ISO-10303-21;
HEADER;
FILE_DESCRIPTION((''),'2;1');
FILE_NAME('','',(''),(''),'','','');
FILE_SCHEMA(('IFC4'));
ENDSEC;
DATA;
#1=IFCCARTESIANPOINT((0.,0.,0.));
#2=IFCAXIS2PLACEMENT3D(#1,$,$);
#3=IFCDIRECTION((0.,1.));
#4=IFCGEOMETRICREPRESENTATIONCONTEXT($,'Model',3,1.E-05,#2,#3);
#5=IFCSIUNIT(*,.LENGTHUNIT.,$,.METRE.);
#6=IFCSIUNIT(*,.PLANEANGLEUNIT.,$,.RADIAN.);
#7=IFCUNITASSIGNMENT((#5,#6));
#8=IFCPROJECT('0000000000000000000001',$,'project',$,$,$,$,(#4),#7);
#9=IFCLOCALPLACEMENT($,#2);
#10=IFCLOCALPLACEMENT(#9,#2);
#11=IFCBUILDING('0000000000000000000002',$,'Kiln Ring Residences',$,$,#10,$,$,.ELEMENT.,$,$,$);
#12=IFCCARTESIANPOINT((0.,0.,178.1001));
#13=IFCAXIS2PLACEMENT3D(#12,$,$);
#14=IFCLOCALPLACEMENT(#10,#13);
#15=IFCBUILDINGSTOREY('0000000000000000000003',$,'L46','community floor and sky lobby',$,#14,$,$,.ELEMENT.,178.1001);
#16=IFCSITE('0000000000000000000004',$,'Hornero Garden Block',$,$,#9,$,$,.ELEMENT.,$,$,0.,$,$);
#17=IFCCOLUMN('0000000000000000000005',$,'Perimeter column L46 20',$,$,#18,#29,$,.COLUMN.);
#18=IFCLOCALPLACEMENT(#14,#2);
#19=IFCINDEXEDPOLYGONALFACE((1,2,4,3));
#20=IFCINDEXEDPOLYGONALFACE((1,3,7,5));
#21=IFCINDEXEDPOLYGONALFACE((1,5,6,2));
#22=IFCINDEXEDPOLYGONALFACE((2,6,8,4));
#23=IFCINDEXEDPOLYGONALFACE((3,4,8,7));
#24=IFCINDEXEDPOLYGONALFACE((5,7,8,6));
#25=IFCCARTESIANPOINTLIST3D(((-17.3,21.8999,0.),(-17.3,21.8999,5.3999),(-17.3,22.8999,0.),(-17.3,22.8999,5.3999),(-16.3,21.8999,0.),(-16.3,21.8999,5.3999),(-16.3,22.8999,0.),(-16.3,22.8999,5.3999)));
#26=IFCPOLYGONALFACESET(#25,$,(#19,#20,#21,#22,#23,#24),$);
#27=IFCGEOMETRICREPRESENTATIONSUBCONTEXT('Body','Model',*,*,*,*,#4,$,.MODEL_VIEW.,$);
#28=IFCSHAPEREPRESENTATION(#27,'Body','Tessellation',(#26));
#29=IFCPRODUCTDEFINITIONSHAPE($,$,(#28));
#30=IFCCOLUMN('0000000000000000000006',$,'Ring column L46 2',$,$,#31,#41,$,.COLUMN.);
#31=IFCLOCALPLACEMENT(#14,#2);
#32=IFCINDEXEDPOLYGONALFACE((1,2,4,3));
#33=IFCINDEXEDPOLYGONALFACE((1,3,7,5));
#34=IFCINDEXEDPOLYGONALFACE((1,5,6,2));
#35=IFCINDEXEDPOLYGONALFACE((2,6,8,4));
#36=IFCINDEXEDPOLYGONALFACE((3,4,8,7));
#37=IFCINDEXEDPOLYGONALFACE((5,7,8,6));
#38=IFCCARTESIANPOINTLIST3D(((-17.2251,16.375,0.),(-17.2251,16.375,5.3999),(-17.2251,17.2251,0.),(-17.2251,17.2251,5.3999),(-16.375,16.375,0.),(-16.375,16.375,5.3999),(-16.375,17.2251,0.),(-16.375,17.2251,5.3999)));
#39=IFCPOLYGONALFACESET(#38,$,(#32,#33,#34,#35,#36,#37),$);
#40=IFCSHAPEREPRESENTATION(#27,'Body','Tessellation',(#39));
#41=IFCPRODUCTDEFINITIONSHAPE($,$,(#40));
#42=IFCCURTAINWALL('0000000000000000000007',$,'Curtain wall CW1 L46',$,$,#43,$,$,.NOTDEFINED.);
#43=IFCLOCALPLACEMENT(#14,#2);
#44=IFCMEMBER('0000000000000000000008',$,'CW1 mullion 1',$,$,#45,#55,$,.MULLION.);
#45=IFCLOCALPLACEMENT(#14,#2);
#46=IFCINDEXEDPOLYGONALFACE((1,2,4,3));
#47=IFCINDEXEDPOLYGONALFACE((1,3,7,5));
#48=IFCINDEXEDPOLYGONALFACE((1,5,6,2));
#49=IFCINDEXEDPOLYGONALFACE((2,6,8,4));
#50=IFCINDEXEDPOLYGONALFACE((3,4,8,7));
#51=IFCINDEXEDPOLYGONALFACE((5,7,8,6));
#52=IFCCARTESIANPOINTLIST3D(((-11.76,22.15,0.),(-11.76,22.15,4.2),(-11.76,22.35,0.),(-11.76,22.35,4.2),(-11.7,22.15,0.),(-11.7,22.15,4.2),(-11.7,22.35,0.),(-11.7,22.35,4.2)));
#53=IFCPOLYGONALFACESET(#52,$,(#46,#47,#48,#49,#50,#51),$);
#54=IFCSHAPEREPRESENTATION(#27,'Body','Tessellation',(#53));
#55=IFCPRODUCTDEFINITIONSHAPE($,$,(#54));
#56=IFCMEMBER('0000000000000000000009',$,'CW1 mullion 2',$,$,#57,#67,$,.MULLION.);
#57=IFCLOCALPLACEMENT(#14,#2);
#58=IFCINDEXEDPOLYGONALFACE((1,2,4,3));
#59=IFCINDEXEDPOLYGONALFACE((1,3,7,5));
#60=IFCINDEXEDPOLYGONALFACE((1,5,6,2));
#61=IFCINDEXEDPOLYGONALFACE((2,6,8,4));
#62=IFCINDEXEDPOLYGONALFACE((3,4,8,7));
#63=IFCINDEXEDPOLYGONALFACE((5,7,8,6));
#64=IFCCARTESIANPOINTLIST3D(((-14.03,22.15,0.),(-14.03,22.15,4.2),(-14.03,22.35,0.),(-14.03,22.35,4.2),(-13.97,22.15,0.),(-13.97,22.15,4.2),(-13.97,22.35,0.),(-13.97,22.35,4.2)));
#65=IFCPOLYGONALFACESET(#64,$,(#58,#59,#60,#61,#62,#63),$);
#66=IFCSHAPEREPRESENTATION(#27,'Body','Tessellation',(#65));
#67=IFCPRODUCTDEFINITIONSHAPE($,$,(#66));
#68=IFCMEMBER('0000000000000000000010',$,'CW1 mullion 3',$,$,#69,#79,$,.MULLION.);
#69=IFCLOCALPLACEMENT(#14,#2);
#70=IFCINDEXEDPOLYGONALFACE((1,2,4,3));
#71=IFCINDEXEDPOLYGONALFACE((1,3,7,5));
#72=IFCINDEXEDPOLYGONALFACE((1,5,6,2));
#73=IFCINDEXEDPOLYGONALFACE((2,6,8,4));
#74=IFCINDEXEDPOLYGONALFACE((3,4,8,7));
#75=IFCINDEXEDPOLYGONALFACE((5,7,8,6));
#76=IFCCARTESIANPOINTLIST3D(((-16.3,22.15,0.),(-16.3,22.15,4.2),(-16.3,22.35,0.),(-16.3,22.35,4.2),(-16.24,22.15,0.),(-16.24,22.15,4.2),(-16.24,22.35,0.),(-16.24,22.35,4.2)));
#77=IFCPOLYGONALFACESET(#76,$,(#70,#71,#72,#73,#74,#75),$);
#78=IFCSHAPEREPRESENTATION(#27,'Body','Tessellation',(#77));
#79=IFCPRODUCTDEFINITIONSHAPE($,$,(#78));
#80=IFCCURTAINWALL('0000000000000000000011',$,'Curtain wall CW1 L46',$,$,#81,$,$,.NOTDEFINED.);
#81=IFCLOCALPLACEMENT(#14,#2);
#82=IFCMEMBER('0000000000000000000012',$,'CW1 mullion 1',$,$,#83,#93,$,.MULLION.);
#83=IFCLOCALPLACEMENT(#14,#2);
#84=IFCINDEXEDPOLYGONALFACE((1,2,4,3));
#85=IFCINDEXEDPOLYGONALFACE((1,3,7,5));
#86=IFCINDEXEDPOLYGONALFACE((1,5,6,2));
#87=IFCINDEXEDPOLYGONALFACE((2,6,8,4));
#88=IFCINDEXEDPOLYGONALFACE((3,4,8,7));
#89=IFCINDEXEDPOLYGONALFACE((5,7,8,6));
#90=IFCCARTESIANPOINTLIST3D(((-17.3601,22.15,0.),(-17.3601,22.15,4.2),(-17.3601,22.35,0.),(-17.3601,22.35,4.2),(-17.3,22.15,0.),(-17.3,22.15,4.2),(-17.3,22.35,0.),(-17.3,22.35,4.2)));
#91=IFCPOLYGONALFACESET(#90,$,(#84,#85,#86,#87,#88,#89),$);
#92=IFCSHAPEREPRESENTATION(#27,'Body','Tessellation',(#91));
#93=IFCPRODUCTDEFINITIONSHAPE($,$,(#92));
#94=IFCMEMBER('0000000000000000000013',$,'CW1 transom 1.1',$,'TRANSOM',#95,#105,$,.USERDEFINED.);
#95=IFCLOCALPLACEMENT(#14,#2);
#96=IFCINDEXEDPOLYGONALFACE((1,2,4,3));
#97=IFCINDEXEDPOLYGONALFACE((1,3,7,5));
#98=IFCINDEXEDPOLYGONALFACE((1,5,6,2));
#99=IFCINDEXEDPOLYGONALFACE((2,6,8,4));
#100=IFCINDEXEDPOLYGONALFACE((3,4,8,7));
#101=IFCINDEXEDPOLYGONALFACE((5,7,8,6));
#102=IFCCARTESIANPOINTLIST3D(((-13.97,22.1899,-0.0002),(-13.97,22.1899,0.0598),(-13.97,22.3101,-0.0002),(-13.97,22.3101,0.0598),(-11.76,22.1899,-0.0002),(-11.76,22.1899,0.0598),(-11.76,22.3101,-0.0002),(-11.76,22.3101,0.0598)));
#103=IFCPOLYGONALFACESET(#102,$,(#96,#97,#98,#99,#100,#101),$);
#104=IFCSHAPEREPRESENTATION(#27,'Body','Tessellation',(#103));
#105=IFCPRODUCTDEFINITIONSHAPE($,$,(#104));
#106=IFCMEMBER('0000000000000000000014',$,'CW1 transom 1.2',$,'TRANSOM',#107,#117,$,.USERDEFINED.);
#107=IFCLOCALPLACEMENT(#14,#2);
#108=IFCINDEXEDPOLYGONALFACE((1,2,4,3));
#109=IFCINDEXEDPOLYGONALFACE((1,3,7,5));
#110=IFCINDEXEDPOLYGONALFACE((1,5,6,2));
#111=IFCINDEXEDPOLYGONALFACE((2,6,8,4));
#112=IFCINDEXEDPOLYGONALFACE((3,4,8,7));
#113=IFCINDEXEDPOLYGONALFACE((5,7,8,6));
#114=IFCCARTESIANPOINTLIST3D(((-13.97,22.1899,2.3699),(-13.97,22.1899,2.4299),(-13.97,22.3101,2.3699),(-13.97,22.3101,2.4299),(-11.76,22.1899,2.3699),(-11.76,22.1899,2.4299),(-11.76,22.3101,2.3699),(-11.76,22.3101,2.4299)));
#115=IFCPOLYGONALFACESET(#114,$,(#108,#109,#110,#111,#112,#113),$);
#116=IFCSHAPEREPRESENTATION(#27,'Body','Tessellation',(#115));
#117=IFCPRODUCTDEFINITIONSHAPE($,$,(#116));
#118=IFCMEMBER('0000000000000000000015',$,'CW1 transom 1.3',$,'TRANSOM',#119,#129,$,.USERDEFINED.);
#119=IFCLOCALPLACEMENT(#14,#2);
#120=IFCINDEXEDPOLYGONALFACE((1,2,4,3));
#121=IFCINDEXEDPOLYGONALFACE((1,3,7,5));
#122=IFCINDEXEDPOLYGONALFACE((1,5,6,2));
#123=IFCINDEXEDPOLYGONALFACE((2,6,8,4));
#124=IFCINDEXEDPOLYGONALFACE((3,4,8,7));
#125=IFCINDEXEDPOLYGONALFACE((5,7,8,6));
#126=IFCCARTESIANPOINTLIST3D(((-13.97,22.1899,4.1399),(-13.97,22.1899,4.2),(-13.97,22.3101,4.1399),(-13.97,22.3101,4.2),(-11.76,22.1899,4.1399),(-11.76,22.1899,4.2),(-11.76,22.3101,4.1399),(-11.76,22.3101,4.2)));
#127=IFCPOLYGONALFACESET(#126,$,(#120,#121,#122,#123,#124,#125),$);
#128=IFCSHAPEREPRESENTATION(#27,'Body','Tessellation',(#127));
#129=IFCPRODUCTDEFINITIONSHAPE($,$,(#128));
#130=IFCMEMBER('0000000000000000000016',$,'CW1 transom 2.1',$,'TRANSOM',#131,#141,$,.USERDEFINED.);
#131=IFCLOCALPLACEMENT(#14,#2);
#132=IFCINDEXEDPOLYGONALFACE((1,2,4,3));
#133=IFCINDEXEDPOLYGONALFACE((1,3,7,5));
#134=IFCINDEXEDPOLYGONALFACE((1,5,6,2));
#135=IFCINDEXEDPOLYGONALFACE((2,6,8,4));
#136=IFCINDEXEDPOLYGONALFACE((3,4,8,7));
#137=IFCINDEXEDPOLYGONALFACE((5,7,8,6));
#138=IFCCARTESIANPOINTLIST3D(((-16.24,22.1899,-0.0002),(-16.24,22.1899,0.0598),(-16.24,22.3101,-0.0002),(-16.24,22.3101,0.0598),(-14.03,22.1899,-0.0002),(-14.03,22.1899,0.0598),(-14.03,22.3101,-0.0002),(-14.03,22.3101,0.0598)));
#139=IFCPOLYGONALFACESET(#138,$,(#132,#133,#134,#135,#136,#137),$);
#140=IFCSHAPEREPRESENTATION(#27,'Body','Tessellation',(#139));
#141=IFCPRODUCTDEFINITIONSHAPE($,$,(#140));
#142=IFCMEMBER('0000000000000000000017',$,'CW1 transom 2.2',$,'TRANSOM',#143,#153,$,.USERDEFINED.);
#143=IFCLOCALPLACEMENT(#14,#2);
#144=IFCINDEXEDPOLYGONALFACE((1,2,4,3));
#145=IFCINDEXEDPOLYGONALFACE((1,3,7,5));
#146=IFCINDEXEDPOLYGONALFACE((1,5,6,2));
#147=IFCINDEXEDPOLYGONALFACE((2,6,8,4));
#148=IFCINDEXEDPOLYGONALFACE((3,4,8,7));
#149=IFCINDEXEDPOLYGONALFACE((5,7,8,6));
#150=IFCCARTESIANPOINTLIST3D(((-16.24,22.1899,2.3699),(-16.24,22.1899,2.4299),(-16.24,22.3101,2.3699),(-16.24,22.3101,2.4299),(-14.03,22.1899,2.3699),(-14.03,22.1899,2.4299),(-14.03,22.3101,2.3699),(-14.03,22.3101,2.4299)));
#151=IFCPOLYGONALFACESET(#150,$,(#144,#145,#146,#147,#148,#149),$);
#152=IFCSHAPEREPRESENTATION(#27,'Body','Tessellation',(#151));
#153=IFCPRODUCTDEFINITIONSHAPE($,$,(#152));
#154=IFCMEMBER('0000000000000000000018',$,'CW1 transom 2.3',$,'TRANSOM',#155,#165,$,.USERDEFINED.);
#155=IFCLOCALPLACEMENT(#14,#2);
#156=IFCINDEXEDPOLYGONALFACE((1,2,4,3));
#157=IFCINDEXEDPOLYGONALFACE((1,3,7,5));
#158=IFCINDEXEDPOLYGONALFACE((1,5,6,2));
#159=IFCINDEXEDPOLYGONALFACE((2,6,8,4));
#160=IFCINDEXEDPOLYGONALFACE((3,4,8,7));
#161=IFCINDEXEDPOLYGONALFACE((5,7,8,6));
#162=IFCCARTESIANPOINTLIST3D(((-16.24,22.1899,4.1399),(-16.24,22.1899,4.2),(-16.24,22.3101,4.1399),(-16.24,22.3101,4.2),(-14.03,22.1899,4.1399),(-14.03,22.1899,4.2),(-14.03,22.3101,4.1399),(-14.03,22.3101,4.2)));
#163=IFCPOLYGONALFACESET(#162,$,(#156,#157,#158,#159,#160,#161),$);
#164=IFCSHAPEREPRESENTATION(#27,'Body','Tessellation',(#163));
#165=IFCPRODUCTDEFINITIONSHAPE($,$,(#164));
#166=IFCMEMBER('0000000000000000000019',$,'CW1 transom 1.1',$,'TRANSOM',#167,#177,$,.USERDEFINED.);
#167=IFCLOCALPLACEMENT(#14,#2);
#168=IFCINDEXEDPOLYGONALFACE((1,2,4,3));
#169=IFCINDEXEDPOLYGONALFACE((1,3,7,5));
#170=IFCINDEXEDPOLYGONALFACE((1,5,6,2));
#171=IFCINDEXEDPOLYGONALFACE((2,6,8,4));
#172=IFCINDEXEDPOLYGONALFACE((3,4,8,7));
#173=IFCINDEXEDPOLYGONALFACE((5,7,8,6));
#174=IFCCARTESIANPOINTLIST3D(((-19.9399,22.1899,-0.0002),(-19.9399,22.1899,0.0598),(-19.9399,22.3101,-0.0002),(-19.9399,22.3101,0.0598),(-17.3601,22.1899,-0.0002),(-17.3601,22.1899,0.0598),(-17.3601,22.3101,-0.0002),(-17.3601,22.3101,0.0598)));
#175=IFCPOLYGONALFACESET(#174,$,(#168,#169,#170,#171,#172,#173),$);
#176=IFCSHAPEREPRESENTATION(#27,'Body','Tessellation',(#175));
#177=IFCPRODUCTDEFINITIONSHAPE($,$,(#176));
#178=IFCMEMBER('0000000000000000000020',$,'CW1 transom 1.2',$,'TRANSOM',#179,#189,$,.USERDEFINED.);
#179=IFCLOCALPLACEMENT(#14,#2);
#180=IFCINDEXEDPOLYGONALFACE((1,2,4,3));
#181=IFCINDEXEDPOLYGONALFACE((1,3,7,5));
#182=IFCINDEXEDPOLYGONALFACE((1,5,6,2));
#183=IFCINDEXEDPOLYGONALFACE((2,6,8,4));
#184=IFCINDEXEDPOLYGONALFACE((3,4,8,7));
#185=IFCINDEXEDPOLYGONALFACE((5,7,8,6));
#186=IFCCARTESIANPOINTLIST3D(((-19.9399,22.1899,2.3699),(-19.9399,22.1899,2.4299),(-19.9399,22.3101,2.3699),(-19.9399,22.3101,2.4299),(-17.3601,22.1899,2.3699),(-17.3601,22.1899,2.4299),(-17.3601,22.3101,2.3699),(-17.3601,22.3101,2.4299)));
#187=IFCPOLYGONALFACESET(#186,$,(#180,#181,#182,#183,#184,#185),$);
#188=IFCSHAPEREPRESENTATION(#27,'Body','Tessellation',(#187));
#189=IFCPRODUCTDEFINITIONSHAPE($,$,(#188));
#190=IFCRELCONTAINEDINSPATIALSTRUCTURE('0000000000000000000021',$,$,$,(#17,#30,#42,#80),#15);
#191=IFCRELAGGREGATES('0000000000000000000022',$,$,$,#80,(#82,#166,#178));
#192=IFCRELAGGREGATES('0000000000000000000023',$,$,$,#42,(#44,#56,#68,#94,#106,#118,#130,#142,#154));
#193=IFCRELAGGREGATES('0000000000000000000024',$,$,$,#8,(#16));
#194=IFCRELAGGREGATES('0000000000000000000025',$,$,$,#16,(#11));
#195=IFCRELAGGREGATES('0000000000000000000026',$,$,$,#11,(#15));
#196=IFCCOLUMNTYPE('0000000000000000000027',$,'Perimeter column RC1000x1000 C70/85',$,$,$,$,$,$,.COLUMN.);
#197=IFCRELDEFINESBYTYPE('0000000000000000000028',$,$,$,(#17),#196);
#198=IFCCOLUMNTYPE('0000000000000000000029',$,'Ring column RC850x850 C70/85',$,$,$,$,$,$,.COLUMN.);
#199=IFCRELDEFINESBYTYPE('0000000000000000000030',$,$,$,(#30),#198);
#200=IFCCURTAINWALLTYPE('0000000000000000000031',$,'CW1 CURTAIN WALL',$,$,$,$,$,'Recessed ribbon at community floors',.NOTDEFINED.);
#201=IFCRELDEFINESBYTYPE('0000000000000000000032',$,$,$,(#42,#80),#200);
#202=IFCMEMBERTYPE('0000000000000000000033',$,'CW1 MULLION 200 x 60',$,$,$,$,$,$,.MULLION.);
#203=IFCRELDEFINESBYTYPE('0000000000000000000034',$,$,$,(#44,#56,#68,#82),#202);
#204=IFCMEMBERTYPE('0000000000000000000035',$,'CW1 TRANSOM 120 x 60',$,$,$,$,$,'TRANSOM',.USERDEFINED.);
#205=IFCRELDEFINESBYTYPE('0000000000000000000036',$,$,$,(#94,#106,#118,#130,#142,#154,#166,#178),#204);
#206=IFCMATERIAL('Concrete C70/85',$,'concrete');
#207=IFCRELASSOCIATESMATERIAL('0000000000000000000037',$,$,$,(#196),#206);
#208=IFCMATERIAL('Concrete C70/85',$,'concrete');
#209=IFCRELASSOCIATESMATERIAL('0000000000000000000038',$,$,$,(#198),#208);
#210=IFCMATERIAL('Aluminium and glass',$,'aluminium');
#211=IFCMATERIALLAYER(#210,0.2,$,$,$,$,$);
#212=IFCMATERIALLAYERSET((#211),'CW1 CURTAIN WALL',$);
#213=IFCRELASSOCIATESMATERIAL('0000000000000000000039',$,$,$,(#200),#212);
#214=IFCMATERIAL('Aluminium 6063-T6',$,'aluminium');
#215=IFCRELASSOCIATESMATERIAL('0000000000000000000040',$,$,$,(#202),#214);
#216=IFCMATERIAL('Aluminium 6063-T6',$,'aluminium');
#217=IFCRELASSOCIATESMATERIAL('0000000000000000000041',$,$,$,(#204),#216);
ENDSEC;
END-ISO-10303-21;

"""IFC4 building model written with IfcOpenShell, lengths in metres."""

from ifc_helpers import new_model, si_unit, direction, frame, origin, origin_2d, place, context, subcontext, project, spatial, rectangle, extrude, material, layer, layer_set, material_profile, profile_set, type_object, element, aggregate, save


model = new_model("IFC4")

# Units and contexts
model_context = context("Model", 3, precision=1e-05, world=origin(), true_north=direction((0.0, 1.0)))
body_context = subcontext(model_context, "Body", "Model", "MODEL_VIEW")
ifc_project = project(units=[si_unit("LENGTHUNIT", "METRE"), si_unit("PLANEANGLEUNIT", "RADIAN")], contexts=[model_context])

# Site, building, storey
site_placement = place(None, origin())
site = spatial("IfcSite", under=ifc_project, at=site_placement, Name="Hornero Garden Block", CompositionType="ELEMENT", RefElevation=0.0)
building_placement = place(site_placement, origin())
building = spatial("IfcBuilding", under=site, at=building_placement, Name="Kiln Ring Residences", CompositionType="ELEMENT")
storey_placement = place(building_placement, frame((0.0, 0.0, 178.1001)))
storey = spatial("IfcBuildingStorey", under=building, at=storey_placement, Name="L46", Description="community floor and sky lobby", CompositionType="ELEMENT", Elevation=178.1001)

# Columns
ifc_material_1 = material(Name="Concrete C70/85", Category="concrete")
ifc_material_profile_1 = material_profile(ifc_material_1, rectangle(XDim=1.0, YDim=1.0, at=origin_2d()), Name="RC1000x1000")
ifc_profile_set_1 = profile_set([ifc_material_profile_1], Name="Concrete C70/85")
column_type_1 = type_object("IfcColumnType", Name="Perimeter column RC1000x1000 C70/85", PredefinedType="COLUMN", material=ifc_profile_set_1)
column_1_placement = place(storey_placement, frame((-16.8, 22.3999, 0.0), z_axis=(0.0, 0.0, 1.0), x_axis=(1.0, 0.0, 0.0)))
element("IfcColumn", 1, at=column_1_placement, inside=storey, type_object=column_type_1, Name="Perimeter column L46 20", PredefinedType="COLUMN", context=body_context, shape_type="SweptSolid", body=[
    extrude(rectangle(XDim=1.0, YDim=1.0, at=origin_2d()), origin(), (0.0, 0.0, 1.0), 5.3999),
])
ifc_material_2 = material(Name="Concrete C70/85", Category="concrete")
ifc_material_profile_2 = material_profile(ifc_material_2, rectangle(XDim=0.8501, YDim=0.8501, at=origin_2d()), Name="RC850x850")
ifc_profile_set_2 = profile_set([ifc_material_profile_2], Name="Concrete C70/85")
column_type_2 = type_object("IfcColumnType", Name="Ring column RC850x850 C70/85", PredefinedType="COLUMN", material=ifc_profile_set_2)
column_2_placement = place(storey_placement, frame((-16.8, 16.8, 0.0), z_axis=(0.0, 0.0, 1.0), x_axis=(1.0, 0.0, 0.0)))
element("IfcColumn", 2, at=column_2_placement, inside=storey, type_object=column_type_2, Name="Ring column L46 2", PredefinedType="COLUMN", context=body_context, shape_type="SweptSolid", body=[
    extrude(rectangle(XDim=0.8501, YDim=0.8501, at=origin_2d()), origin(), (0.0, 0.0, 1.0), 5.3999),
])

# Curtain wall, members
ifc_material_3 = material(Name="Aluminium and glass", Category="aluminium")
ifc_layer_1 = layer(ifc_material_3, 0.2)
ifc_layer_set_1 = layer_set([ifc_layer_1], Name="CW1 CURTAIN WALL")
curtain_wall_type = type_object("IfcCurtainWallType", Name="CW1 CURTAIN WALL", ElementType="Recessed ribbon at community floors", PredefinedType="NOTDEFINED", material=ifc_layer_set_1)
placement = place(storey_placement, origin())
curtain_wall_1 = element("IfcCurtainWall", 3, at=placement, inside=storey, type_object=curtain_wall_type, Name="Curtain wall CW1 L46", PredefinedType="NOTDEFINED")
ifc_material_4 = material(Name="Aluminium 6063-T6", Category="aluminium")
ifc_material_profile_3 = material_profile(ifc_material_4, rectangle(XDim=0.2, YDim=0.0601, at=origin_2d()), Name="AL 200x60")
ifc_profile_set_3 = profile_set([ifc_material_profile_3], Name="Aluminium 6063-T6")
member_type_1 = type_object("IfcMemberType", Name="CW1 MULLION 200 x 60", PredefinedType="MULLION", material=ifc_profile_set_3)
member_1_placement = place(storey_placement, frame((-11.73, 22.25, 0.0), z_axis=(0.0, 0.0, 1.0), x_axis=(0.0, -1.0, 0.0)))
member_1 = element("IfcMember", 4, at=member_1_placement, type_object=member_type_1, Name="CW1 mullion 1", PredefinedType="MULLION", context=body_context, shape_type="SweptSolid", body=[
    extrude(rectangle(XDim=0.2, YDim=0.0601, at=origin_2d()), origin(), (0.0, 0.0, 1.0), 4.2),
])
member_2_placement = place(storey_placement, frame((-14.0, 22.25, 0.0), z_axis=(0.0, 0.0, 1.0), x_axis=(0.0, -1.0, 0.0)))
member_2 = element("IfcMember", 5, at=member_2_placement, type_object=member_type_1, Name="CW1 mullion 2", PredefinedType="MULLION", context=body_context, shape_type="SweptSolid", body=[
    extrude(rectangle(XDim=0.2, YDim=0.0601, at=origin_2d()), origin(), (0.0, 0.0, 1.0), 4.2),
])
member_3_placement = place(storey_placement, frame((-16.27, 22.25, 0.0), z_axis=(0.0, 0.0, 1.0), x_axis=(0.0, -1.0, 0.0)))
member_3 = element("IfcMember", 6, at=member_3_placement, type_object=member_type_1, Name="CW1 mullion 3", PredefinedType="MULLION", context=body_context, shape_type="SweptSolid", body=[
    extrude(rectangle(XDim=0.2, YDim=0.0601, at=origin_2d()), origin(), (0.0, 0.0, 1.0), 4.2),
])

# Curtain wall, member
curtain_wall_2 = element("IfcCurtainWall", 7, at=placement, inside=storey, type_object=curtain_wall_type, Name="Curtain wall CW1 L46", PredefinedType="NOTDEFINED")
member_4_placement = place(storey_placement, frame((-17.3301, 22.25, 0.0), z_axis=(0.0, 0.0, 1.0), x_axis=(0.0, -1.0, 0.0)))
member_4 = element("IfcMember", 8, at=member_4_placement, type_object=member_type_1, Name="CW1 mullion 1", PredefinedType="MULLION", context=body_context, shape_type="SweptSolid", body=[
    extrude(rectangle(XDim=0.2, YDim=0.0601, at=origin_2d()), origin(), (0.0, 0.0, 1.0), 4.2),
])

# Members
ifc_material_5 = material(Name="Aluminium 6063-T6", Category="aluminium")
ifc_material_profile_4 = material_profile(ifc_material_5, rectangle(XDim=0.1201, YDim=0.0601, at=origin_2d()), Name="AL 120x60")
ifc_profile_set_4 = profile_set([ifc_material_profile_4], Name="Aluminium 6063-T6")
member_type_2 = type_object("IfcMemberType", Name="CW1 TRANSOM 120 x 60", ElementType="TRANSOM", PredefinedType="USERDEFINED", material=ifc_profile_set_4)
member_5_placement = place(storey_placement, frame((-11.76, 22.25, 0.0298), z_axis=(-1.0, 0.0, 0.0), x_axis=(0.0, -1.0, 0.0)))
member_5 = element("IfcMember", 9, at=member_5_placement, type_object=member_type_2, Name="CW1 transom 1.1", ObjectType="TRANSOM", PredefinedType="USERDEFINED", context=body_context, shape_type="SweptSolid", body=[
    extrude(rectangle(XDim=0.1201, YDim=0.0601, at=origin_2d()), origin(), (0.0, 0.0, 1.0), 2.21),
])
member_6_placement = place(storey_placement, frame((-11.76, 22.25, 2.3999), z_axis=(-1.0, 0.0, 0.0), x_axis=(0.0, -1.0, 0.0)))
member_6 = element("IfcMember", 10, at=member_6_placement, type_object=member_type_2, Name="CW1 transom 1.2", ObjectType="TRANSOM", PredefinedType="USERDEFINED", context=body_context, shape_type="SweptSolid", body=[
    extrude(rectangle(XDim=0.1201, YDim=0.0601, at=origin_2d()), origin(), (0.0, 0.0, 1.0), 2.21),
])
member_7_placement = place(storey_placement, frame((-11.76, 22.25, 4.1699), z_axis=(-1.0, 0.0, 0.0), x_axis=(0.0, -1.0, 0.0)))
member_7 = element("IfcMember", 11, at=member_7_placement, type_object=member_type_2, Name="CW1 transom 1.3", ObjectType="TRANSOM", PredefinedType="USERDEFINED", context=body_context, shape_type="SweptSolid", body=[
    extrude(rectangle(XDim=0.1201, YDim=0.0601, at=origin_2d()), origin(), (0.0, 0.0, 1.0), 2.21),
])
member_8_placement = place(storey_placement, frame((-14.03, 22.25, 0.0298), z_axis=(-1.0, 0.0, 0.0), x_axis=(0.0, -1.0, 0.0)))
member_8 = element("IfcMember", 12, at=member_8_placement, type_object=member_type_2, Name="CW1 transom 2.1", ObjectType="TRANSOM", PredefinedType="USERDEFINED", context=body_context, shape_type="SweptSolid", body=[
    extrude(rectangle(XDim=0.1201, YDim=0.0601, at=origin_2d()), origin(), (0.0, 0.0, 1.0), 2.21),
])
member_9_placement = place(storey_placement, frame((-14.03, 22.25, 2.3999), z_axis=(-1.0, 0.0, 0.0), x_axis=(0.0, -1.0, 0.0)))
member_9 = element("IfcMember", 13, at=member_9_placement, type_object=member_type_2, Name="CW1 transom 2.2", ObjectType="TRANSOM", PredefinedType="USERDEFINED", context=body_context, shape_type="SweptSolid", body=[
    extrude(rectangle(XDim=0.1201, YDim=0.0601, at=origin_2d()), origin(), (0.0, 0.0, 1.0), 2.21),
])
member_10_placement = place(storey_placement, frame((-14.03, 22.25, 4.1699), z_axis=(-1.0, 0.0, 0.0), x_axis=(0.0, -1.0, 0.0)))
member_10 = element("IfcMember", 14, at=member_10_placement, type_object=member_type_2, Name="CW1 transom 2.3", ObjectType="TRANSOM", PredefinedType="USERDEFINED", context=body_context, shape_type="SweptSolid", body=[
    extrude(rectangle(XDim=0.1201, YDim=0.0601, at=origin_2d()), origin(), (0.0, 0.0, 1.0), 2.21),
])
member_11_placement = place(storey_placement, frame((-17.3601, 22.25, 0.0298), z_axis=(-1.0, 0.0, 0.0), x_axis=(0.0, -1.0, 0.0)))
member_11 = element("IfcMember", 15, at=member_11_placement, type_object=member_type_2, Name="CW1 transom 1.1", ObjectType="TRANSOM", PredefinedType="USERDEFINED", context=body_context, shape_type="SweptSolid", body=[
    extrude(rectangle(XDim=0.1201, YDim=0.0601, at=origin_2d()), origin(), (0.0, 0.0, 1.0), 2.5798),
])
member_12_placement = place(storey_placement, frame((-17.3601, 22.25, 2.3999), z_axis=(-1.0, 0.0, 0.0), x_axis=(0.0, -1.0, 0.0)))
member_12 = element("IfcMember", 16, at=member_12_placement, type_object=member_type_2, Name="CW1 transom 1.2", ObjectType="TRANSOM", PredefinedType="USERDEFINED", context=body_context, shape_type="SweptSolid", body=[
    extrude(rectangle(XDim=0.1201, YDim=0.0601, at=origin_2d()), origin(), (0.0, 0.0, 1.0), 2.5798),
])
aggregate(curtain_wall_2, [member_4, member_11, member_12])

aggregate(curtain_wall_1, [member_1, member_2, member_3, member_5, member_6, member_7, member_8, member_9, member_10])

save(model, "model.ifc")
